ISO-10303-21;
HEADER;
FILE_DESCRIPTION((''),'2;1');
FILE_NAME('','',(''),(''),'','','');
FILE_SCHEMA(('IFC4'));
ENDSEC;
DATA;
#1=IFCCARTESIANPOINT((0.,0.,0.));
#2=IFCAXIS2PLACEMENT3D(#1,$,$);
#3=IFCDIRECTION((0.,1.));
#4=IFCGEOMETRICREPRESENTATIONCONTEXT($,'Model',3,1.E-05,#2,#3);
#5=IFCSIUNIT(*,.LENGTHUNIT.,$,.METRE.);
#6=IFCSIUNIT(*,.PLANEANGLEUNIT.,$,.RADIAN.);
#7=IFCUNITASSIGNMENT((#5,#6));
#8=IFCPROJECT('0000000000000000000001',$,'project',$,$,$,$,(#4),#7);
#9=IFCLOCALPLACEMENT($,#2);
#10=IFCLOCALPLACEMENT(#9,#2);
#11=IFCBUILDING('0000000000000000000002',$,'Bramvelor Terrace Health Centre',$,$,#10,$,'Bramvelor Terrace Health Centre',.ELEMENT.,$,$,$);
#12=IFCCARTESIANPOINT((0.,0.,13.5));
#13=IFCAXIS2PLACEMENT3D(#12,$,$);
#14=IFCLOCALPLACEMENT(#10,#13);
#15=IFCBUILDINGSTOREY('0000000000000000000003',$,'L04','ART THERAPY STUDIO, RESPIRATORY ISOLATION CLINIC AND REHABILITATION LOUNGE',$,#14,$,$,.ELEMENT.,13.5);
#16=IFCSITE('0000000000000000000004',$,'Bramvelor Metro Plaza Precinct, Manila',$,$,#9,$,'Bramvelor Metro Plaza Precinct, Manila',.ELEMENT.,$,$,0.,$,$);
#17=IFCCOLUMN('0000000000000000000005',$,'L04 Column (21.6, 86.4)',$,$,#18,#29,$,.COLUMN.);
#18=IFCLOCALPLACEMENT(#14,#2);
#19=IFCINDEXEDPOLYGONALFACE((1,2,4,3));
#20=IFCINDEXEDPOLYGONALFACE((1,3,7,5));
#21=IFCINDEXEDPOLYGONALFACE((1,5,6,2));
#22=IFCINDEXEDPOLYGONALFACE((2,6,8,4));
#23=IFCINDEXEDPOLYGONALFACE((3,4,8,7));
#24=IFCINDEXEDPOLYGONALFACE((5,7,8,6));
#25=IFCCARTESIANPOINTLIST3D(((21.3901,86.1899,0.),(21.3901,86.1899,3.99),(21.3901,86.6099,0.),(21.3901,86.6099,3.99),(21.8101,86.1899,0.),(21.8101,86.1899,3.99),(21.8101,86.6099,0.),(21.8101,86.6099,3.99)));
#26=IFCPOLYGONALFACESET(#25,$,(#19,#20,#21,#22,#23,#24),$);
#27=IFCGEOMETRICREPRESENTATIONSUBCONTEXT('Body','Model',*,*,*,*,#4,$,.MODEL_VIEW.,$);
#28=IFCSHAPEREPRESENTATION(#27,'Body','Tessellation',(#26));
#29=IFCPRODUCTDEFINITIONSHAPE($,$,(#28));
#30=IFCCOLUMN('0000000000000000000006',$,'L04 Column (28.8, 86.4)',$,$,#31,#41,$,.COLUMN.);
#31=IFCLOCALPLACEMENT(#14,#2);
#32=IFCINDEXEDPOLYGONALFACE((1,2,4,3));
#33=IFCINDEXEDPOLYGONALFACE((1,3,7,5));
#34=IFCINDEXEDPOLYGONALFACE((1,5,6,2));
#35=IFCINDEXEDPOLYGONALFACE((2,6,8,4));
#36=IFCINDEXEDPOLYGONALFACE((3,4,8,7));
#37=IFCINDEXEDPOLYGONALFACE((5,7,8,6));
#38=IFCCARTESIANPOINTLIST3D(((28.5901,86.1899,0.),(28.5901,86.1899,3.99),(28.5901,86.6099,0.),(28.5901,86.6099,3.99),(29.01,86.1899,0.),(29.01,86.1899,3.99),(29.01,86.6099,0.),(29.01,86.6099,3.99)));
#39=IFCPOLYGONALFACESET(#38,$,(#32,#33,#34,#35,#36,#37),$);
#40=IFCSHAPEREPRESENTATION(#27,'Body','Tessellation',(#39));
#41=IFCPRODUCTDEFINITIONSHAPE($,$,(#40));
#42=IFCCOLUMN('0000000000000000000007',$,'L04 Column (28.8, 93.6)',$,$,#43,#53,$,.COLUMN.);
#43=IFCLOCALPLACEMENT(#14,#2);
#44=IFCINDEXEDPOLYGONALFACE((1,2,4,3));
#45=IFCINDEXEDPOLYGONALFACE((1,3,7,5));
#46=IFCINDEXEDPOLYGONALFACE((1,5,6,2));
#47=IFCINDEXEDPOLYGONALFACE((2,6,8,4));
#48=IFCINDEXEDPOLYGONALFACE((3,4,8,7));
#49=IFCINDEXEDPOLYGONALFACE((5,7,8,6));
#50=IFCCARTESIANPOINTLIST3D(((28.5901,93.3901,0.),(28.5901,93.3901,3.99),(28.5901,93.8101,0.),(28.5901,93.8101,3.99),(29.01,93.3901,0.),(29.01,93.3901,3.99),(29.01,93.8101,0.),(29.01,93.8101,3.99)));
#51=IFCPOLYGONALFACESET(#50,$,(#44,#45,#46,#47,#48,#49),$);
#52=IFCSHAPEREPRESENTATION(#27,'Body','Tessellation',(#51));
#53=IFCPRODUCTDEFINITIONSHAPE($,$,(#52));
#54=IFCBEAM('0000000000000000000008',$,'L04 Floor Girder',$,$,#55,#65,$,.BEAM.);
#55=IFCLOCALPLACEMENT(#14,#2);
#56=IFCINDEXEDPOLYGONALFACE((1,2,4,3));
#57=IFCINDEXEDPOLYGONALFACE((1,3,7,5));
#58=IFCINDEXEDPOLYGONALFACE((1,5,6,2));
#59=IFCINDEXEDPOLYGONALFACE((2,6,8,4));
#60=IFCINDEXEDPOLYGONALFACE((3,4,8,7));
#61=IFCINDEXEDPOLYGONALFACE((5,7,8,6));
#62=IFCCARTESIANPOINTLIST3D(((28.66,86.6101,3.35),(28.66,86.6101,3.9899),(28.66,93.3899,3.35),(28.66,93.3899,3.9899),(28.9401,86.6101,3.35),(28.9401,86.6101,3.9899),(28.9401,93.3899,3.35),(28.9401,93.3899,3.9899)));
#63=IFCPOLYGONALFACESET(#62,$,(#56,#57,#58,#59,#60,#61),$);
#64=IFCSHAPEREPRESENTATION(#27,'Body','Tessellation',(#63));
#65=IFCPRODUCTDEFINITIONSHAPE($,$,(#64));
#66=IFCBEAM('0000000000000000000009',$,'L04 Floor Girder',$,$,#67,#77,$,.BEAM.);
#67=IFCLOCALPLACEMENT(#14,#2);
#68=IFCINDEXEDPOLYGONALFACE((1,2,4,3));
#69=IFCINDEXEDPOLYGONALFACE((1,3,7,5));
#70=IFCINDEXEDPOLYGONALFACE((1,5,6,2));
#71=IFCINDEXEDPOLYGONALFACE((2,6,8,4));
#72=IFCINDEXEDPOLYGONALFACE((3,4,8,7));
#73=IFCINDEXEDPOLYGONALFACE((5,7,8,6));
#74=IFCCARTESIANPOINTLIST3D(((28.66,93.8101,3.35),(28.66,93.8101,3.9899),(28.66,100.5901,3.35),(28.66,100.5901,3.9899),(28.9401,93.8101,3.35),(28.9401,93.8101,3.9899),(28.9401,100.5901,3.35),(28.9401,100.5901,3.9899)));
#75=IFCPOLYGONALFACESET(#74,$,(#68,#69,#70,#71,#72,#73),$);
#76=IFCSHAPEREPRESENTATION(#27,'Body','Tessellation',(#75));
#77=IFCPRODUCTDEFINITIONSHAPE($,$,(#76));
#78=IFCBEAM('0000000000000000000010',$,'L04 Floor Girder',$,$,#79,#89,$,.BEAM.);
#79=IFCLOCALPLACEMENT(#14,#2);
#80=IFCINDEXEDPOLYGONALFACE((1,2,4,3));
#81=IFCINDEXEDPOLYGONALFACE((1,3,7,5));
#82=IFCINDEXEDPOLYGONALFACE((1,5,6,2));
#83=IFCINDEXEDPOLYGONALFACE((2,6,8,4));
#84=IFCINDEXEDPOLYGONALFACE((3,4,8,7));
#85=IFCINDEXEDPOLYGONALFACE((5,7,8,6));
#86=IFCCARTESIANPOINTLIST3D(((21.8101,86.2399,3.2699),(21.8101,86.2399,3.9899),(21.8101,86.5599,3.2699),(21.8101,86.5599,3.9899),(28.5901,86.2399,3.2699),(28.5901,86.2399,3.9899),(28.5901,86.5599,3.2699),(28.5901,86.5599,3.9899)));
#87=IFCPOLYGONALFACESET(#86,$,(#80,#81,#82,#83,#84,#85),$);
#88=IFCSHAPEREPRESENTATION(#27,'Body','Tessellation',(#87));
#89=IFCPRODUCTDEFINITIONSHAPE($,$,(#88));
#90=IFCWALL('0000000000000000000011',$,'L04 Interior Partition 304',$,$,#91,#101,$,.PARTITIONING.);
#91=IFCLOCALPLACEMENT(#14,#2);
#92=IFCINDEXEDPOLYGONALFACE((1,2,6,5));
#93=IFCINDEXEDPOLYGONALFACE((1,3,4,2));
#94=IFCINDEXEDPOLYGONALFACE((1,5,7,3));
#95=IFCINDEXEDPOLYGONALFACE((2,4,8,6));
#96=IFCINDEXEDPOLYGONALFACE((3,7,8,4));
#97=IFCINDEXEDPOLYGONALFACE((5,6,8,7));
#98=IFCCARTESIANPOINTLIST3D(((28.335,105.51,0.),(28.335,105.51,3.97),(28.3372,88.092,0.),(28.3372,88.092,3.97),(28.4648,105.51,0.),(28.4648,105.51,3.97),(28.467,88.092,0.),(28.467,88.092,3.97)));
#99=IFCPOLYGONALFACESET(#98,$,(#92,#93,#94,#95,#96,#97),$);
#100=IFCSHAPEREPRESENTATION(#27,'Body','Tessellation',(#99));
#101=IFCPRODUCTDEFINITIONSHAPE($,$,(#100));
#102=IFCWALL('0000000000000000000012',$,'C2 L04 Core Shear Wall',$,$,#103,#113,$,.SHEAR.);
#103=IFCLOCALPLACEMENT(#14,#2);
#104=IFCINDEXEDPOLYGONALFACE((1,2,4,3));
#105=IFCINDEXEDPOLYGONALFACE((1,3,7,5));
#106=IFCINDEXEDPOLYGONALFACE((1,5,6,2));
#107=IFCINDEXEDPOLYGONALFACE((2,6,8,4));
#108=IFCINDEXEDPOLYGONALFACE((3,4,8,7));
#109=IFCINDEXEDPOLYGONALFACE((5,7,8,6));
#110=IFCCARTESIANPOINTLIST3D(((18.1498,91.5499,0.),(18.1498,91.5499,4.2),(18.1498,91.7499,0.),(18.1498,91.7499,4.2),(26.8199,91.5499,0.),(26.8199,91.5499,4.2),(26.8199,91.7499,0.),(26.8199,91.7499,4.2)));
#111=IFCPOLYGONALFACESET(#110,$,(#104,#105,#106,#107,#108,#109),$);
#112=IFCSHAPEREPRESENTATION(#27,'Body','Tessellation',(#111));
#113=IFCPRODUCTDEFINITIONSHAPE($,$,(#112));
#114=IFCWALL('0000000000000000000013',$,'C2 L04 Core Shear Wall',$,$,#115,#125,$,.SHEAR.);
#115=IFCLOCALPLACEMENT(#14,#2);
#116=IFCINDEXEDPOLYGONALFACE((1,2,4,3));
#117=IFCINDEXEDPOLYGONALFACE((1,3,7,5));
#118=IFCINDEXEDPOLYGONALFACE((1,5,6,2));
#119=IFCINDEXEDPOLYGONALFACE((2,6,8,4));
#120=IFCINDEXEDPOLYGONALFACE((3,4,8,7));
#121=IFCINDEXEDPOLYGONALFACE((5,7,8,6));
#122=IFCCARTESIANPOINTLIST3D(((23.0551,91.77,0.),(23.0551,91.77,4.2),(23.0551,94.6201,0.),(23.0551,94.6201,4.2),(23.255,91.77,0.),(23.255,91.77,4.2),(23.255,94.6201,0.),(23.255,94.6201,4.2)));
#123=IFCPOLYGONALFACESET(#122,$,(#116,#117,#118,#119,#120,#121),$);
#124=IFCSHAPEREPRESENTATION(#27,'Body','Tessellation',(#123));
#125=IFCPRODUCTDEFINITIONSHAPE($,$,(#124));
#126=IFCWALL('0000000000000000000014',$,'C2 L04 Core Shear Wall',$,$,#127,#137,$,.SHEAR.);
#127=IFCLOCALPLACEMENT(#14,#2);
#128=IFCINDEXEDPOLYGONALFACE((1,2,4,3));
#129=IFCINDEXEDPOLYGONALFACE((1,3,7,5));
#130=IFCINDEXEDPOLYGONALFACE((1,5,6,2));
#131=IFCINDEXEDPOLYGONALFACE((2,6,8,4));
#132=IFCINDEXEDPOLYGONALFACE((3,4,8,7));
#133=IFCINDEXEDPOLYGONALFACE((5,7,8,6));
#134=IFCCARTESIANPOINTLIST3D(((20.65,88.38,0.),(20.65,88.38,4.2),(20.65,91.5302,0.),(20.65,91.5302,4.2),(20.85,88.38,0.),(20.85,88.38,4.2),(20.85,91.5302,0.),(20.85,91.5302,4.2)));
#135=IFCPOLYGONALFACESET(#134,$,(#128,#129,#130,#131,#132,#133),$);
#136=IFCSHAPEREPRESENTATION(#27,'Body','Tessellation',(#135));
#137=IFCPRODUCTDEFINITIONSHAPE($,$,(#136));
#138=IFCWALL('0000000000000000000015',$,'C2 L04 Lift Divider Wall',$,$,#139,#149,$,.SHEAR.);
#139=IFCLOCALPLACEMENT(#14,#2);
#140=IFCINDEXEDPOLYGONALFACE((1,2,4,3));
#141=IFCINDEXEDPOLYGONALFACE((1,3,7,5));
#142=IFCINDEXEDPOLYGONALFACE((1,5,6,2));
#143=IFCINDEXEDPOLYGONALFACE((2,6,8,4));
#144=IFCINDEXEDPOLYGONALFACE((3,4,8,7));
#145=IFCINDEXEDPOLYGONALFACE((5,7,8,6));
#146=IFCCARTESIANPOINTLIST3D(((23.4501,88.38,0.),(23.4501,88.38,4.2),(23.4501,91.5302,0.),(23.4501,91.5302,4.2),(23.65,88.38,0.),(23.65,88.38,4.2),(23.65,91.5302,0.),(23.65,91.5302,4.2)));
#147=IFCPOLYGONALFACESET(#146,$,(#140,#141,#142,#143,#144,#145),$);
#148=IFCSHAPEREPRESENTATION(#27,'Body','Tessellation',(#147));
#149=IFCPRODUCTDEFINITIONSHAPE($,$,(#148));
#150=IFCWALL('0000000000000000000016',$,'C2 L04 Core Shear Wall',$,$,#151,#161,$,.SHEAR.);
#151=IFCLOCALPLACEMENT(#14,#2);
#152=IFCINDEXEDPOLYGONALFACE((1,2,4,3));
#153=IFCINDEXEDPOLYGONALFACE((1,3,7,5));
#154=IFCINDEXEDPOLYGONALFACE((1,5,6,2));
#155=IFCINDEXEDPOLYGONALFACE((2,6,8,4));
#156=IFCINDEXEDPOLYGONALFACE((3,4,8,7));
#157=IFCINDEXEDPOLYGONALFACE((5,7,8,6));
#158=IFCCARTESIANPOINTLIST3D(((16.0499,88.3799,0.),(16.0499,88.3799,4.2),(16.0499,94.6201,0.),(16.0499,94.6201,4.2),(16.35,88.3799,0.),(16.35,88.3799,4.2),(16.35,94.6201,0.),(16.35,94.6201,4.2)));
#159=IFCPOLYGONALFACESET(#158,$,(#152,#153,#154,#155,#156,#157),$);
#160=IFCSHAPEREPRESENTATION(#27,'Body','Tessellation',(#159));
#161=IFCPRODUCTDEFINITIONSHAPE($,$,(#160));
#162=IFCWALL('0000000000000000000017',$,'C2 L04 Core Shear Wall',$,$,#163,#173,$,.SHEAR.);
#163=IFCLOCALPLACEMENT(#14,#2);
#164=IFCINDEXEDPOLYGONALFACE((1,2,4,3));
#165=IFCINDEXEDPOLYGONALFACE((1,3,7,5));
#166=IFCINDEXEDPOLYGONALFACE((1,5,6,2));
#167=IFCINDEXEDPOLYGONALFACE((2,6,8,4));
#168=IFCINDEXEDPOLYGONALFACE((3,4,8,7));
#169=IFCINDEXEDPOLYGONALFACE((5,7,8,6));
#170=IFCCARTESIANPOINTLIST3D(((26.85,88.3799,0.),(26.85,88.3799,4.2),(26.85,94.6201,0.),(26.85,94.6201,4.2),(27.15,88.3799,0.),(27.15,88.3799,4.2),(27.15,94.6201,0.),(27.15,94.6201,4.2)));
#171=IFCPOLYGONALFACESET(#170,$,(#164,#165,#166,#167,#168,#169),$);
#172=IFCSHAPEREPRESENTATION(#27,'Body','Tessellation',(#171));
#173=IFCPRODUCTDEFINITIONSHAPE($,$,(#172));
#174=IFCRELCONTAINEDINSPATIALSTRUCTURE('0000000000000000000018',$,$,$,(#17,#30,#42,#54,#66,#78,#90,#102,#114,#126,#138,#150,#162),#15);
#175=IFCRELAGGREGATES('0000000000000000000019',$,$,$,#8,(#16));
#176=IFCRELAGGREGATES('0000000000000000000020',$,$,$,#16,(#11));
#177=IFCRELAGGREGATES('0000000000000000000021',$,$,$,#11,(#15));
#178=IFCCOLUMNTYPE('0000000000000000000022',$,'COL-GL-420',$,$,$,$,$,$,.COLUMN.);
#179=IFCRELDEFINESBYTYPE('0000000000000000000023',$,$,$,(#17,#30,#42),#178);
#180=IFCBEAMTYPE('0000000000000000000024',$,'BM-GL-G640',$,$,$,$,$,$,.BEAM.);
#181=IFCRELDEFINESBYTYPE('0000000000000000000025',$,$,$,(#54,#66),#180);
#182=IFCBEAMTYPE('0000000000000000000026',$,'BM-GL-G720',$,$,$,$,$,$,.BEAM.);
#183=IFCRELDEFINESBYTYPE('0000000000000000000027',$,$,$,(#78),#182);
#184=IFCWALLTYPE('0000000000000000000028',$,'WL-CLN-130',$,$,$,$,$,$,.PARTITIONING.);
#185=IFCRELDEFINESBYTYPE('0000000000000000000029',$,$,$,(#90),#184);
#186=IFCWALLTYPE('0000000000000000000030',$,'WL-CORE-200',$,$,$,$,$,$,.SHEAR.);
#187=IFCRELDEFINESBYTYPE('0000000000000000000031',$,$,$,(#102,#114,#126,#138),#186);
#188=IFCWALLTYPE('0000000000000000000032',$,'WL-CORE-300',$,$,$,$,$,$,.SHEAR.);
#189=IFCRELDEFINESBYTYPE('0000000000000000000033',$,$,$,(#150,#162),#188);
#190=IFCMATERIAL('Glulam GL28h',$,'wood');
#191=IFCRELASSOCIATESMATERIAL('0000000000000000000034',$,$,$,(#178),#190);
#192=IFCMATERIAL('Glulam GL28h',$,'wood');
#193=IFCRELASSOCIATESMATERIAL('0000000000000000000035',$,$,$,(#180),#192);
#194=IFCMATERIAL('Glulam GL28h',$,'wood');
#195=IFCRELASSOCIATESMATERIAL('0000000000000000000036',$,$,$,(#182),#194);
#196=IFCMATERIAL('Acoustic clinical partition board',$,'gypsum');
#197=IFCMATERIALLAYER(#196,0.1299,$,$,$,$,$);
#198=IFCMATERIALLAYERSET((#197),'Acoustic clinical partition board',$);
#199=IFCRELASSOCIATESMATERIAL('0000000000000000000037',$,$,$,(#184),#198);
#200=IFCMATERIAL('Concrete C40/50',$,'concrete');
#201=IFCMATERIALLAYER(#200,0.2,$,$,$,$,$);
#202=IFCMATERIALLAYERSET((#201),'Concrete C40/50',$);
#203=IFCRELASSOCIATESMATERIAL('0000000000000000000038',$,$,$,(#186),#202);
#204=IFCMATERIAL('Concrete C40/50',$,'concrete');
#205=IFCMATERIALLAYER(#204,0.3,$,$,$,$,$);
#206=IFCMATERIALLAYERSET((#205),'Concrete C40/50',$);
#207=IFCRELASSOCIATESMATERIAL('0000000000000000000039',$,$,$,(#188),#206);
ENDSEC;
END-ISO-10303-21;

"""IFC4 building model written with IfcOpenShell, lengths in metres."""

from ifc_helpers import new_model, si_unit, direction, frame, frame_2d, origin, origin_2d, place, context, subcontext, project, spatial, rectangle, extrude, material, layer, layer_set, material_profile, profile_set, type_object, element, save


model = new_model("IFC4")

# Units and contexts
model_context = context("Model", 3, precision=1e-05, world=origin(), true_north=direction((0.0, 1.0)))
body_context = subcontext(model_context, "Body", "Model", "MODEL_VIEW")
ifc_project = project(units=[si_unit("LENGTHUNIT", "METRE"), si_unit("PLANEANGLEUNIT", "RADIAN")], contexts=[model_context])

# Site, building, storey
site_placement = place(None, origin())
site = spatial("IfcSite", under=ifc_project, at=site_placement, Name="Bramvelor Metro Plaza Precinct, Manila", LongName="Bramvelor Metro Plaza Precinct, Manila", CompositionType="ELEMENT", RefElevation=0.0)
building_placement = place(site_placement, origin())
building = spatial("IfcBuilding", under=site, at=building_placement, Name="Bramvelor Terrace Health Centre", LongName="Bramvelor Terrace Health Centre", CompositionType="ELEMENT")
storey_placement = place(building_placement, frame((0.0, 0.0, 13.5)))
storey = spatial("IfcBuildingStorey", under=building, at=storey_placement, Name="L04", Description="ART THERAPY STUDIO, RESPIRATORY ISOLATION CLINIC AND REHABILITATION LOUNGE", CompositionType="ELEMENT", Elevation=13.5)

# Columns
ifc_material_1 = material(Name="Glulam GL28h", Category="wood")
ifc_material_profile_1 = material_profile(ifc_material_1, rectangle(XDim=0.4199, YDim=0.4199, at=origin_2d()), Name="GL 420x420")
ifc_profile_set_1 = profile_set([ifc_material_profile_1], Name="Glulam GL28h")
column_type = type_object("IfcColumnType", Name="COL-GL-420", PredefinedType="COLUMN", material=ifc_profile_set_1)
for number, where, z_axis, x_axis, name in (
    (1, (21.6001, 86.3999, 0.0), (0.0, 0.0, 1.0), (1.0, 0.0, 0.0), "L04 Column (21.6, 86.4)"),
    (2, (28.8, 86.3999, 0.0), (0.0, 0.0, 1.0), (1.0, 0.0, 0.0), "L04 Column (28.8, 86.4)"),
    (3, (28.8, 93.6001, 0.0), (0.0, 0.0, 1.0), (1.0, 0.0, 0.0), "L04 Column (28.8, 93.6)"),
):
    element("IfcColumn", number, at=place(storey_placement, frame(where, z_axis=z_axis, x_axis=x_axis)), inside=storey, type_object=column_type, Name=name, PredefinedType="COLUMN", context=body_context, shape_type="SweptSolid", body=[
        extrude(rectangle(XDim=0.4199, YDim=0.4199, at=origin_2d()), origin(), (0.0, 0.0, 1.0), 3.99),
    ])

# Beams
ifc_material_2 = material(Name="Glulam GL28h", Category="wood")
ifc_material_profile_2 = material_profile(ifc_material_2, rectangle(XDim=0.28, YDim=0.6399, at=origin_2d()), Name="GL 280x640")
ifc_profile_set_2 = profile_set([ifc_material_profile_2], Name="Glulam GL28h")
beam_type_1 = type_object("IfcBeamType", Name="BM-GL-G640", PredefinedType="BEAM", material=ifc_profile_set_2)
beam_1_placement = place(storey_placement, frame((28.8, 86.6101, 3.6699), z_axis=(0.0, 1.0, 0.0), x_axis=(-1.0, 0.0, 0.0)))
element("IfcBeam", 4, at=beam_1_placement, inside=storey, type_object=beam_type_1, Name="L04 Floor Girder", PredefinedType="BEAM", context=body_context, shape_type="SweptSolid", body=[
    extrude(rectangle(XDim=0.28, YDim=0.6399, at=origin_2d()), origin(), (0.0, 0.0, 1.0), 6.7798),
])
beam_2_placement = place(storey_placement, frame((28.8, 93.8101, 3.6699), z_axis=(0.0, 1.0, 0.0), x_axis=(-1.0, 0.0, 0.0)))
element("IfcBeam", 5, at=beam_2_placement, inside=storey, type_object=beam_type_1, Name="L04 Floor Girder", PredefinedType="BEAM", context=body_context, shape_type="SweptSolid", body=[
    extrude(rectangle(XDim=0.28, YDim=0.6399, at=origin_2d()), origin(), (0.0, 0.0, 1.0), 6.78),
])
ifc_material_3 = material(Name="Glulam GL28h", Category="wood")
ifc_material_profile_3 = material_profile(ifc_material_3, rectangle(XDim=0.3201, YDim=0.72, at=origin_2d()), Name="GL 320x720")
ifc_profile_set_3 = profile_set([ifc_material_profile_3], Name="Glulam GL28h")
beam_type_2 = type_object("IfcBeamType", Name="BM-GL-G720", PredefinedType="BEAM", material=ifc_profile_set_3)
beam_3_placement = place(storey_placement, frame((21.8101, 86.3999, 3.6299), z_axis=(1.0, 0.0, 0.0), x_axis=(0.0, 1.0, 0.0)))
element("IfcBeam", 6, at=beam_3_placement, inside=storey, type_object=beam_type_2, Name="L04 Floor Girder", PredefinedType="BEAM", context=body_context, shape_type="SweptSolid", body=[
    extrude(rectangle(XDim=0.3201, YDim=0.72, at=origin_2d()), origin(), (0.0, 0.0, 1.0), 6.78),
])

# Walls
ifc_material_4 = material(Name="Acoustic clinical partition board", Category="gypsum")
ifc_layer_1 = layer(ifc_material_4, 0.1299)
ifc_layer_set_1 = layer_set([ifc_layer_1], Name="Acoustic clinical partition board")
wall_type_1 = type_object("IfcWallType", Name="WL-CLN-130", PredefinedType="PARTITIONING", material=ifc_layer_set_1)
wall_1_placement = place(storey_placement, frame((28.4021, 88.092, 0.0), z_axis=(0.0, 0.0, 1.0), x_axis=(-0.000126, 1.0, 0.0)))
element("IfcWall", 7, at=wall_1_placement, inside=storey, type_object=wall_type_1, Name="L04 Interior Partition 304", PredefinedType="PARTITIONING", context=body_context, shape_type="SweptSolid", body=[
    extrude(rectangle(XDim=17.418, YDim=0.1299, at=frame_2d((8.709, 0.0))), origin(), (0.0, 0.0, 1.0), 3.97),
])
ifc_material_5 = material(Name="Concrete C40/50", Category="concrete")
ifc_layer_2 = layer(ifc_material_5, 0.2)
ifc_layer_set_2 = layer_set([ifc_layer_2], Name="Concrete C40/50")
wall_type_2 = type_object("IfcWallType", Name="WL-CORE-200", PredefinedType="SHEAR", material=ifc_layer_set_2)
wall_2_placement = place(storey_placement, frame((18.1499, 91.6499, 0.0), z_axis=(0.0, 0.0, 1.0), x_axis=(1.0, 0.0, 0.0)))
element("IfcWall", 8, at=wall_2_placement, inside=storey, type_object=wall_type_2, Name="C2 L04 Core Shear Wall", PredefinedType="SHEAR", context=body_context, shape_type="SweptSolid", body=[
    extrude(rectangle(XDim=8.6702, YDim=0.2, at=frame_2d((4.335, 0.0))), origin(), (0.0, 0.0, 1.0), 4.2),
])
wall_3_placement = place(storey_placement, frame((23.155, 91.77, 0.0), z_axis=(0.0, 0.0, 1.0), x_axis=(0.0, 1.0, 0.0)))
element("IfcWall", 9, at=wall_3_placement, inside=storey, type_object=wall_type_2, Name="C2 L04 Core Shear Wall", PredefinedType="SHEAR", context=body_context, shape_type="SweptSolid", body=[
    extrude(rectangle(XDim=2.8501, YDim=0.2, at=frame_2d((1.425, 0.0))), origin(), (0.0, 0.0, 1.0), 4.2),
])
for number, where, z_axis, x_axis, name in (
    (10, (20.75, 88.3799, 0.0), (0.0, 0.0, 1.0), (0.0, 1.0, 0.0), "C2 L04 Core Shear Wall"),
    (11, (23.55, 88.3799, 0.0), (0.0, 0.0, 1.0), (0.0, 1.0, 0.0), "C2 L04 Lift Divider Wall"),
):
    element("IfcWall", number, at=place(storey_placement, frame(where, z_axis=z_axis, x_axis=x_axis)), inside=storey, type_object=wall_type_2, Name=name, PredefinedType="SHEAR", context=body_context, shape_type="SweptSolid", body=[
        extrude(rectangle(XDim=3.1501, YDim=0.2, at=frame_2d((1.5752, 0.0))), origin(), (0.0, 0.0, 1.0), 4.2),
    ])

# Shared definitions
ifc_material_6 = material(Name="Concrete C40/50", Category="concrete")
ifc_layer_3 = layer(ifc_material_6, 0.3)
ifc_layer_set_3 = layer_set([ifc_layer_3], Name="Concrete C40/50")
wall_type_3 = type_object("IfcWallType", Name="WL-CORE-300", PredefinedType="SHEAR", material=ifc_layer_set_3)

# Walls
for number, where, z_axis, x_axis, name in (
    (12, (16.2, 88.3799, 0.0), (0.0, 0.0, 1.0), (0.0, 1.0, 0.0), "C2 L04 Core Shear Wall"),
    (13, (27.0, 88.3799, 0.0), (0.0, 0.0, 1.0), (0.0, 1.0, 0.0), "C2 L04 Core Shear Wall"),
):
    element("IfcWall", number, at=place(storey_placement, frame(where, z_axis=z_axis, x_axis=x_axis)), inside=storey, type_object=wall_type_3, Name=name, PredefinedType="SHEAR", context=body_context, shape_type="SweptSolid", body=[
        extrude(rectangle(XDim=6.2402, YDim=0.3, at=frame_2d((3.1201, 0.0))), origin(), (0.0, 0.0, 1.0), 4.2),
    ])

save(model, "model.ifc")
